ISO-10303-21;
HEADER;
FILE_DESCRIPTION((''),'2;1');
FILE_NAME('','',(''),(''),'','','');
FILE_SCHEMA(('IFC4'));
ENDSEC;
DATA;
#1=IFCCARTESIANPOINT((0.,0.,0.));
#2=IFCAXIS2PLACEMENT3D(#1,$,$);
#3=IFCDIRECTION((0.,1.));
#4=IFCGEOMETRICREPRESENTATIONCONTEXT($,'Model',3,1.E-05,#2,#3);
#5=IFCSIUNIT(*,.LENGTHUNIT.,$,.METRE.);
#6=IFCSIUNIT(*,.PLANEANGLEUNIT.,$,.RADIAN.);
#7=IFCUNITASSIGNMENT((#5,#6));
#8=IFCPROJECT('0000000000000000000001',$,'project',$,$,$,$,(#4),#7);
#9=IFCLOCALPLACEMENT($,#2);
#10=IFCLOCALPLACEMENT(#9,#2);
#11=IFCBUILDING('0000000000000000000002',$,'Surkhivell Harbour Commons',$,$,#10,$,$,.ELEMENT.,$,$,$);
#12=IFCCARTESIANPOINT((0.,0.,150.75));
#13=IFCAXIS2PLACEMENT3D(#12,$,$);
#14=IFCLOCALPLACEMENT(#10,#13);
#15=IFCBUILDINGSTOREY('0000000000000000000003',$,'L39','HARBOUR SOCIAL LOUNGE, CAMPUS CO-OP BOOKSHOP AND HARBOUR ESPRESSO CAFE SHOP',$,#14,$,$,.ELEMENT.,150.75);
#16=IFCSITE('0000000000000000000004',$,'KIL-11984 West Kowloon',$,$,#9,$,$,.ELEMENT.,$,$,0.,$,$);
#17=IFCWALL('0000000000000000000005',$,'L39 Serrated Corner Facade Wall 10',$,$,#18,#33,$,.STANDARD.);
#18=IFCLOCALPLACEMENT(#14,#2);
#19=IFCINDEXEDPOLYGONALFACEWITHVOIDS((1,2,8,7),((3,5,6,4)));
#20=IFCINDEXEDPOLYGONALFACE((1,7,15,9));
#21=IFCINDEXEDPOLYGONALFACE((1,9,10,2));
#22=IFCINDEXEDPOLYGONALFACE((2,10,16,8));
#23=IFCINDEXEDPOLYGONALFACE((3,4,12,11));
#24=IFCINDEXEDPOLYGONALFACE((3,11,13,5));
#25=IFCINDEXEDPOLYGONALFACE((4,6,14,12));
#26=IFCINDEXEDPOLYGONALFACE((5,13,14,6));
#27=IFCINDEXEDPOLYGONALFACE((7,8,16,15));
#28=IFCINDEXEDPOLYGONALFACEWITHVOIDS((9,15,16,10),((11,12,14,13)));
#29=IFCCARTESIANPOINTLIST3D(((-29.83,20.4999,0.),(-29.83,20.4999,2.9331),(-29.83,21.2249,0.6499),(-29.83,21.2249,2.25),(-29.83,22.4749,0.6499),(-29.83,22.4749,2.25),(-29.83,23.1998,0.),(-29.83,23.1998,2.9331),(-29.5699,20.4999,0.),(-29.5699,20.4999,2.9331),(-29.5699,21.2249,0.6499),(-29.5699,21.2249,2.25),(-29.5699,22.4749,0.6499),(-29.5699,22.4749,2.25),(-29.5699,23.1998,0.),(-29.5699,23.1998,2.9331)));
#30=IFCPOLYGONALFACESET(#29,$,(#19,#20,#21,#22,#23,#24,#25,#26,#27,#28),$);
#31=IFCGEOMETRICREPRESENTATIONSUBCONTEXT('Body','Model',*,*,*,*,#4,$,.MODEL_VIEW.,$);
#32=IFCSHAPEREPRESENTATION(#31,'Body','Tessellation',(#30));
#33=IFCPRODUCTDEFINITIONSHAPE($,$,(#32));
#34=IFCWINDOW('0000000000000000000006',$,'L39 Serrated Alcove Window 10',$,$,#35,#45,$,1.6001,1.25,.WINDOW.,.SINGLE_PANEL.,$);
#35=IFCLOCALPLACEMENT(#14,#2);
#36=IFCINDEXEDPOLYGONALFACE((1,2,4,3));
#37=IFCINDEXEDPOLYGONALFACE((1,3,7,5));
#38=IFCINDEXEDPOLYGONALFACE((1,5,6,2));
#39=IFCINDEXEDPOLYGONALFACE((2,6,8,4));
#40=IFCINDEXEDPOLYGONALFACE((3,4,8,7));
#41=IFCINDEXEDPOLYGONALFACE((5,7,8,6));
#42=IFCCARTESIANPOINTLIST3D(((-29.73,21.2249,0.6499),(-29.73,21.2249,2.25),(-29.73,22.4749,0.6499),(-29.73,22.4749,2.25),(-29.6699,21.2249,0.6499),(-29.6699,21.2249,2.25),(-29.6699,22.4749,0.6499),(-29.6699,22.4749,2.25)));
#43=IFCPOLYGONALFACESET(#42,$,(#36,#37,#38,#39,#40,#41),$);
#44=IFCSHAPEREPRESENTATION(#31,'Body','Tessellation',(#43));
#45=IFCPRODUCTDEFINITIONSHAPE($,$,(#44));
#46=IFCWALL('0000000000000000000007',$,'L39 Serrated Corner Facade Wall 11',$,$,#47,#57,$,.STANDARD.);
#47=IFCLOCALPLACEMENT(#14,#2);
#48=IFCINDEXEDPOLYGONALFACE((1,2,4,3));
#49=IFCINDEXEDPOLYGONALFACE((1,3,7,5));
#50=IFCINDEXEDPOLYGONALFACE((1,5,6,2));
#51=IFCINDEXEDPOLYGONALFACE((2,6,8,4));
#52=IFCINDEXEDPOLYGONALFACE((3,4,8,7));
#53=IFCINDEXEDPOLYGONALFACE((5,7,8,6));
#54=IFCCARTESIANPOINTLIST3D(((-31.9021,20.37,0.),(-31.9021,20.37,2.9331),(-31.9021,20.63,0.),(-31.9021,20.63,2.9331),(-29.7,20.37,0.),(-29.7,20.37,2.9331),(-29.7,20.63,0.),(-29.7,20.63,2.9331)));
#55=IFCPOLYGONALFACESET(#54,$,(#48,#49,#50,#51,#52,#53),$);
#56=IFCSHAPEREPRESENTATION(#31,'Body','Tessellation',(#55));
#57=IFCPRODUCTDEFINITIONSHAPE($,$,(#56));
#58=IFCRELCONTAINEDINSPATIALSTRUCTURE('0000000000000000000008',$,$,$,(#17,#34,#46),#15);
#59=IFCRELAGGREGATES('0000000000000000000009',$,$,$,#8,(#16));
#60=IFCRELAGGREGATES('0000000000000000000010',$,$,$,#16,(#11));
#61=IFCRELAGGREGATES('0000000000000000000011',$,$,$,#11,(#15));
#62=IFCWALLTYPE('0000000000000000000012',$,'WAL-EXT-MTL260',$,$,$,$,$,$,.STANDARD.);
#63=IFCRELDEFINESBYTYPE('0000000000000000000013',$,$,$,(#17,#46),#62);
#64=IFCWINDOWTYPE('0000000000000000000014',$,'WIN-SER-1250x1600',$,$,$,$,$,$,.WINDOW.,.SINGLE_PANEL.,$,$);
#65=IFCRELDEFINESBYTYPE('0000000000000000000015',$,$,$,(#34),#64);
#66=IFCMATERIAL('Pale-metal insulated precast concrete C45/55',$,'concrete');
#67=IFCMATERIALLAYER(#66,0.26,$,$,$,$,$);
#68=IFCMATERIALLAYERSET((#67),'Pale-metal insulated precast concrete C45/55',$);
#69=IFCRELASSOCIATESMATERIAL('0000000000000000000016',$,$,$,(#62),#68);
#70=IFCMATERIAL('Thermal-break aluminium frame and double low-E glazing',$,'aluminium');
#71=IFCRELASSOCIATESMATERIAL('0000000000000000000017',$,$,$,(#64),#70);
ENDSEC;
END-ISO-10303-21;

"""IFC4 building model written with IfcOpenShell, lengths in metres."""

from ifc_helpers import new_model, si_unit, direction, frame, frame_2d, origin, place, context, subcontext, project, spatial, rectangle, extrude, material, layer, layer_set, type_object, element, fill, save


model = new_model("IFC4")

# Units and contexts
model_context = context("Model", 3, precision=1e-05, world=origin(), true_north=direction((0.0, 1.0)))
body_context = subcontext(model_context, "Body", "Model", "MODEL_VIEW")
ifc_project = project(units=[si_unit("LENGTHUNIT", "METRE"), si_unit("PLANEANGLEUNIT", "RADIAN")], contexts=[model_context])

# Site, building, storey
site_placement = place(None, origin())
site = spatial("IfcSite", under=ifc_project, at=site_placement, Name="KIL-11984 West Kowloon", CompositionType="ELEMENT", RefElevation=0.0)
building_placement = place(site_placement, origin())
building = spatial("IfcBuilding", under=site, at=building_placement, Name="Surkhivell Harbour Commons", CompositionType="ELEMENT")
storey_placement = place(building_placement, frame((0.0, 0.0, 150.75)))
storey = spatial("IfcBuildingStorey", under=building, at=storey_placement, Name="L39", Description="HARBOUR SOCIAL LOUNGE, CAMPUS CO-OP BOOKSHOP AND HARBOUR ESPRESSO CAFE SHOP", CompositionType="ELEMENT", Elevation=150.75)

# Shared definitions
ifc_material_1 = material(Name="Pale-metal insulated precast concrete C45/55", Category="concrete")
ifc_layer_1 = layer(ifc_material_1, 0.26)
ifc_layer_set_1 = layer_set([ifc_layer_1], Name="Pale-metal insulated precast concrete C45/55")
wall_type = type_object("IfcWallType", Name="WAL-EXT-MTL260", PredefinedType="STANDARD", material=ifc_layer_set_1)

# Wall, opening, window
wall_1_placement = place(storey_placement, frame((-29.7, 23.2, 0.0), z_axis=(0.0, 0.0, 1.0), x_axis=(0.0, -1.0, 0.0)))
wall_1 = element("IfcWall", 1, at=wall_1_placement, inside=storey, type_object=wall_type, Name="L39 Serrated Corner Facade Wall 10", PredefinedType="STANDARD", context=body_context, shape_type="SweptSolid", body=[
    extrude(rectangle(XDim=2.7, YDim=0.26, at=frame_2d((1.3501, 0.0))), origin(), (0.0, 0.0, 1.0), 2.9331),
])
opening_placement = place(wall_1_placement, frame((0.7251, 0.0, 0.6499)))
opening = element("IfcOpeningElement", 2, at=opening_placement, cuts=wall_1, PredefinedType="OPENING", context=body_context, shape_type="SweptSolid", body=[
    extrude(rectangle(XDim=1.25, YDim=1.6001, at=frame_2d((0.625, 0.8))), frame((0.0, 0.1399, 0.0), z_axis=(0.0, -1.0, 0.0), x_axis=(1.0, 0.0, 0.0)), (0.0, 0.0, 1.0), 0.28),
])
ifc_material_2 = material(Name="Thermal-break aluminium frame and double low-E glazing", Category="aluminium")
window_type = type_object("IfcWindowType", Name="WIN-SER-1250x1600", PartitioningType="SINGLE_PANEL", PredefinedType="WINDOW", material=ifc_material_2)
window_placement = place(opening_placement, origin())
window = element("IfcWindow", 3, at=window_placement, inside=storey, type_object=window_type, Name="L39 Serrated Alcove Window 10", OverallHeight=1.6001, OverallWidth=1.25, PartitioningType="SINGLE_PANEL", PredefinedType="WINDOW", context=body_context, shape_type="SweptSolid", body=[
    extrude(rectangle(XDim=1.25, YDim=1.6001, at=frame_2d((0.625, 0.8))), frame((0.0, 0.03, 0.0), z_axis=(0.0, -1.0, 0.0), x_axis=(1.0, 0.0, 0.0)), (0.0, 0.0, 1.0), 0.0601),
])
fill(opening, window)

# Wall
wall_2_placement = place(storey_placement, frame((-29.7, 20.5, 0.0), z_axis=(0.0, 0.0, 1.0), x_axis=(-1.0, 0.0, 0.0)))
element("IfcWall", 4, at=wall_2_placement, inside=storey, type_object=wall_type, Name="L39 Serrated Corner Facade Wall 11", PredefinedType="STANDARD", context=body_context, shape_type="SweptSolid", body=[
    extrude(rectangle(XDim=2.2021, YDim=0.26, at=frame_2d((1.1011, 0.0))), origin(), (0.0, 0.0, 1.0), 2.9331),
])

save(model, "model.ifc")
